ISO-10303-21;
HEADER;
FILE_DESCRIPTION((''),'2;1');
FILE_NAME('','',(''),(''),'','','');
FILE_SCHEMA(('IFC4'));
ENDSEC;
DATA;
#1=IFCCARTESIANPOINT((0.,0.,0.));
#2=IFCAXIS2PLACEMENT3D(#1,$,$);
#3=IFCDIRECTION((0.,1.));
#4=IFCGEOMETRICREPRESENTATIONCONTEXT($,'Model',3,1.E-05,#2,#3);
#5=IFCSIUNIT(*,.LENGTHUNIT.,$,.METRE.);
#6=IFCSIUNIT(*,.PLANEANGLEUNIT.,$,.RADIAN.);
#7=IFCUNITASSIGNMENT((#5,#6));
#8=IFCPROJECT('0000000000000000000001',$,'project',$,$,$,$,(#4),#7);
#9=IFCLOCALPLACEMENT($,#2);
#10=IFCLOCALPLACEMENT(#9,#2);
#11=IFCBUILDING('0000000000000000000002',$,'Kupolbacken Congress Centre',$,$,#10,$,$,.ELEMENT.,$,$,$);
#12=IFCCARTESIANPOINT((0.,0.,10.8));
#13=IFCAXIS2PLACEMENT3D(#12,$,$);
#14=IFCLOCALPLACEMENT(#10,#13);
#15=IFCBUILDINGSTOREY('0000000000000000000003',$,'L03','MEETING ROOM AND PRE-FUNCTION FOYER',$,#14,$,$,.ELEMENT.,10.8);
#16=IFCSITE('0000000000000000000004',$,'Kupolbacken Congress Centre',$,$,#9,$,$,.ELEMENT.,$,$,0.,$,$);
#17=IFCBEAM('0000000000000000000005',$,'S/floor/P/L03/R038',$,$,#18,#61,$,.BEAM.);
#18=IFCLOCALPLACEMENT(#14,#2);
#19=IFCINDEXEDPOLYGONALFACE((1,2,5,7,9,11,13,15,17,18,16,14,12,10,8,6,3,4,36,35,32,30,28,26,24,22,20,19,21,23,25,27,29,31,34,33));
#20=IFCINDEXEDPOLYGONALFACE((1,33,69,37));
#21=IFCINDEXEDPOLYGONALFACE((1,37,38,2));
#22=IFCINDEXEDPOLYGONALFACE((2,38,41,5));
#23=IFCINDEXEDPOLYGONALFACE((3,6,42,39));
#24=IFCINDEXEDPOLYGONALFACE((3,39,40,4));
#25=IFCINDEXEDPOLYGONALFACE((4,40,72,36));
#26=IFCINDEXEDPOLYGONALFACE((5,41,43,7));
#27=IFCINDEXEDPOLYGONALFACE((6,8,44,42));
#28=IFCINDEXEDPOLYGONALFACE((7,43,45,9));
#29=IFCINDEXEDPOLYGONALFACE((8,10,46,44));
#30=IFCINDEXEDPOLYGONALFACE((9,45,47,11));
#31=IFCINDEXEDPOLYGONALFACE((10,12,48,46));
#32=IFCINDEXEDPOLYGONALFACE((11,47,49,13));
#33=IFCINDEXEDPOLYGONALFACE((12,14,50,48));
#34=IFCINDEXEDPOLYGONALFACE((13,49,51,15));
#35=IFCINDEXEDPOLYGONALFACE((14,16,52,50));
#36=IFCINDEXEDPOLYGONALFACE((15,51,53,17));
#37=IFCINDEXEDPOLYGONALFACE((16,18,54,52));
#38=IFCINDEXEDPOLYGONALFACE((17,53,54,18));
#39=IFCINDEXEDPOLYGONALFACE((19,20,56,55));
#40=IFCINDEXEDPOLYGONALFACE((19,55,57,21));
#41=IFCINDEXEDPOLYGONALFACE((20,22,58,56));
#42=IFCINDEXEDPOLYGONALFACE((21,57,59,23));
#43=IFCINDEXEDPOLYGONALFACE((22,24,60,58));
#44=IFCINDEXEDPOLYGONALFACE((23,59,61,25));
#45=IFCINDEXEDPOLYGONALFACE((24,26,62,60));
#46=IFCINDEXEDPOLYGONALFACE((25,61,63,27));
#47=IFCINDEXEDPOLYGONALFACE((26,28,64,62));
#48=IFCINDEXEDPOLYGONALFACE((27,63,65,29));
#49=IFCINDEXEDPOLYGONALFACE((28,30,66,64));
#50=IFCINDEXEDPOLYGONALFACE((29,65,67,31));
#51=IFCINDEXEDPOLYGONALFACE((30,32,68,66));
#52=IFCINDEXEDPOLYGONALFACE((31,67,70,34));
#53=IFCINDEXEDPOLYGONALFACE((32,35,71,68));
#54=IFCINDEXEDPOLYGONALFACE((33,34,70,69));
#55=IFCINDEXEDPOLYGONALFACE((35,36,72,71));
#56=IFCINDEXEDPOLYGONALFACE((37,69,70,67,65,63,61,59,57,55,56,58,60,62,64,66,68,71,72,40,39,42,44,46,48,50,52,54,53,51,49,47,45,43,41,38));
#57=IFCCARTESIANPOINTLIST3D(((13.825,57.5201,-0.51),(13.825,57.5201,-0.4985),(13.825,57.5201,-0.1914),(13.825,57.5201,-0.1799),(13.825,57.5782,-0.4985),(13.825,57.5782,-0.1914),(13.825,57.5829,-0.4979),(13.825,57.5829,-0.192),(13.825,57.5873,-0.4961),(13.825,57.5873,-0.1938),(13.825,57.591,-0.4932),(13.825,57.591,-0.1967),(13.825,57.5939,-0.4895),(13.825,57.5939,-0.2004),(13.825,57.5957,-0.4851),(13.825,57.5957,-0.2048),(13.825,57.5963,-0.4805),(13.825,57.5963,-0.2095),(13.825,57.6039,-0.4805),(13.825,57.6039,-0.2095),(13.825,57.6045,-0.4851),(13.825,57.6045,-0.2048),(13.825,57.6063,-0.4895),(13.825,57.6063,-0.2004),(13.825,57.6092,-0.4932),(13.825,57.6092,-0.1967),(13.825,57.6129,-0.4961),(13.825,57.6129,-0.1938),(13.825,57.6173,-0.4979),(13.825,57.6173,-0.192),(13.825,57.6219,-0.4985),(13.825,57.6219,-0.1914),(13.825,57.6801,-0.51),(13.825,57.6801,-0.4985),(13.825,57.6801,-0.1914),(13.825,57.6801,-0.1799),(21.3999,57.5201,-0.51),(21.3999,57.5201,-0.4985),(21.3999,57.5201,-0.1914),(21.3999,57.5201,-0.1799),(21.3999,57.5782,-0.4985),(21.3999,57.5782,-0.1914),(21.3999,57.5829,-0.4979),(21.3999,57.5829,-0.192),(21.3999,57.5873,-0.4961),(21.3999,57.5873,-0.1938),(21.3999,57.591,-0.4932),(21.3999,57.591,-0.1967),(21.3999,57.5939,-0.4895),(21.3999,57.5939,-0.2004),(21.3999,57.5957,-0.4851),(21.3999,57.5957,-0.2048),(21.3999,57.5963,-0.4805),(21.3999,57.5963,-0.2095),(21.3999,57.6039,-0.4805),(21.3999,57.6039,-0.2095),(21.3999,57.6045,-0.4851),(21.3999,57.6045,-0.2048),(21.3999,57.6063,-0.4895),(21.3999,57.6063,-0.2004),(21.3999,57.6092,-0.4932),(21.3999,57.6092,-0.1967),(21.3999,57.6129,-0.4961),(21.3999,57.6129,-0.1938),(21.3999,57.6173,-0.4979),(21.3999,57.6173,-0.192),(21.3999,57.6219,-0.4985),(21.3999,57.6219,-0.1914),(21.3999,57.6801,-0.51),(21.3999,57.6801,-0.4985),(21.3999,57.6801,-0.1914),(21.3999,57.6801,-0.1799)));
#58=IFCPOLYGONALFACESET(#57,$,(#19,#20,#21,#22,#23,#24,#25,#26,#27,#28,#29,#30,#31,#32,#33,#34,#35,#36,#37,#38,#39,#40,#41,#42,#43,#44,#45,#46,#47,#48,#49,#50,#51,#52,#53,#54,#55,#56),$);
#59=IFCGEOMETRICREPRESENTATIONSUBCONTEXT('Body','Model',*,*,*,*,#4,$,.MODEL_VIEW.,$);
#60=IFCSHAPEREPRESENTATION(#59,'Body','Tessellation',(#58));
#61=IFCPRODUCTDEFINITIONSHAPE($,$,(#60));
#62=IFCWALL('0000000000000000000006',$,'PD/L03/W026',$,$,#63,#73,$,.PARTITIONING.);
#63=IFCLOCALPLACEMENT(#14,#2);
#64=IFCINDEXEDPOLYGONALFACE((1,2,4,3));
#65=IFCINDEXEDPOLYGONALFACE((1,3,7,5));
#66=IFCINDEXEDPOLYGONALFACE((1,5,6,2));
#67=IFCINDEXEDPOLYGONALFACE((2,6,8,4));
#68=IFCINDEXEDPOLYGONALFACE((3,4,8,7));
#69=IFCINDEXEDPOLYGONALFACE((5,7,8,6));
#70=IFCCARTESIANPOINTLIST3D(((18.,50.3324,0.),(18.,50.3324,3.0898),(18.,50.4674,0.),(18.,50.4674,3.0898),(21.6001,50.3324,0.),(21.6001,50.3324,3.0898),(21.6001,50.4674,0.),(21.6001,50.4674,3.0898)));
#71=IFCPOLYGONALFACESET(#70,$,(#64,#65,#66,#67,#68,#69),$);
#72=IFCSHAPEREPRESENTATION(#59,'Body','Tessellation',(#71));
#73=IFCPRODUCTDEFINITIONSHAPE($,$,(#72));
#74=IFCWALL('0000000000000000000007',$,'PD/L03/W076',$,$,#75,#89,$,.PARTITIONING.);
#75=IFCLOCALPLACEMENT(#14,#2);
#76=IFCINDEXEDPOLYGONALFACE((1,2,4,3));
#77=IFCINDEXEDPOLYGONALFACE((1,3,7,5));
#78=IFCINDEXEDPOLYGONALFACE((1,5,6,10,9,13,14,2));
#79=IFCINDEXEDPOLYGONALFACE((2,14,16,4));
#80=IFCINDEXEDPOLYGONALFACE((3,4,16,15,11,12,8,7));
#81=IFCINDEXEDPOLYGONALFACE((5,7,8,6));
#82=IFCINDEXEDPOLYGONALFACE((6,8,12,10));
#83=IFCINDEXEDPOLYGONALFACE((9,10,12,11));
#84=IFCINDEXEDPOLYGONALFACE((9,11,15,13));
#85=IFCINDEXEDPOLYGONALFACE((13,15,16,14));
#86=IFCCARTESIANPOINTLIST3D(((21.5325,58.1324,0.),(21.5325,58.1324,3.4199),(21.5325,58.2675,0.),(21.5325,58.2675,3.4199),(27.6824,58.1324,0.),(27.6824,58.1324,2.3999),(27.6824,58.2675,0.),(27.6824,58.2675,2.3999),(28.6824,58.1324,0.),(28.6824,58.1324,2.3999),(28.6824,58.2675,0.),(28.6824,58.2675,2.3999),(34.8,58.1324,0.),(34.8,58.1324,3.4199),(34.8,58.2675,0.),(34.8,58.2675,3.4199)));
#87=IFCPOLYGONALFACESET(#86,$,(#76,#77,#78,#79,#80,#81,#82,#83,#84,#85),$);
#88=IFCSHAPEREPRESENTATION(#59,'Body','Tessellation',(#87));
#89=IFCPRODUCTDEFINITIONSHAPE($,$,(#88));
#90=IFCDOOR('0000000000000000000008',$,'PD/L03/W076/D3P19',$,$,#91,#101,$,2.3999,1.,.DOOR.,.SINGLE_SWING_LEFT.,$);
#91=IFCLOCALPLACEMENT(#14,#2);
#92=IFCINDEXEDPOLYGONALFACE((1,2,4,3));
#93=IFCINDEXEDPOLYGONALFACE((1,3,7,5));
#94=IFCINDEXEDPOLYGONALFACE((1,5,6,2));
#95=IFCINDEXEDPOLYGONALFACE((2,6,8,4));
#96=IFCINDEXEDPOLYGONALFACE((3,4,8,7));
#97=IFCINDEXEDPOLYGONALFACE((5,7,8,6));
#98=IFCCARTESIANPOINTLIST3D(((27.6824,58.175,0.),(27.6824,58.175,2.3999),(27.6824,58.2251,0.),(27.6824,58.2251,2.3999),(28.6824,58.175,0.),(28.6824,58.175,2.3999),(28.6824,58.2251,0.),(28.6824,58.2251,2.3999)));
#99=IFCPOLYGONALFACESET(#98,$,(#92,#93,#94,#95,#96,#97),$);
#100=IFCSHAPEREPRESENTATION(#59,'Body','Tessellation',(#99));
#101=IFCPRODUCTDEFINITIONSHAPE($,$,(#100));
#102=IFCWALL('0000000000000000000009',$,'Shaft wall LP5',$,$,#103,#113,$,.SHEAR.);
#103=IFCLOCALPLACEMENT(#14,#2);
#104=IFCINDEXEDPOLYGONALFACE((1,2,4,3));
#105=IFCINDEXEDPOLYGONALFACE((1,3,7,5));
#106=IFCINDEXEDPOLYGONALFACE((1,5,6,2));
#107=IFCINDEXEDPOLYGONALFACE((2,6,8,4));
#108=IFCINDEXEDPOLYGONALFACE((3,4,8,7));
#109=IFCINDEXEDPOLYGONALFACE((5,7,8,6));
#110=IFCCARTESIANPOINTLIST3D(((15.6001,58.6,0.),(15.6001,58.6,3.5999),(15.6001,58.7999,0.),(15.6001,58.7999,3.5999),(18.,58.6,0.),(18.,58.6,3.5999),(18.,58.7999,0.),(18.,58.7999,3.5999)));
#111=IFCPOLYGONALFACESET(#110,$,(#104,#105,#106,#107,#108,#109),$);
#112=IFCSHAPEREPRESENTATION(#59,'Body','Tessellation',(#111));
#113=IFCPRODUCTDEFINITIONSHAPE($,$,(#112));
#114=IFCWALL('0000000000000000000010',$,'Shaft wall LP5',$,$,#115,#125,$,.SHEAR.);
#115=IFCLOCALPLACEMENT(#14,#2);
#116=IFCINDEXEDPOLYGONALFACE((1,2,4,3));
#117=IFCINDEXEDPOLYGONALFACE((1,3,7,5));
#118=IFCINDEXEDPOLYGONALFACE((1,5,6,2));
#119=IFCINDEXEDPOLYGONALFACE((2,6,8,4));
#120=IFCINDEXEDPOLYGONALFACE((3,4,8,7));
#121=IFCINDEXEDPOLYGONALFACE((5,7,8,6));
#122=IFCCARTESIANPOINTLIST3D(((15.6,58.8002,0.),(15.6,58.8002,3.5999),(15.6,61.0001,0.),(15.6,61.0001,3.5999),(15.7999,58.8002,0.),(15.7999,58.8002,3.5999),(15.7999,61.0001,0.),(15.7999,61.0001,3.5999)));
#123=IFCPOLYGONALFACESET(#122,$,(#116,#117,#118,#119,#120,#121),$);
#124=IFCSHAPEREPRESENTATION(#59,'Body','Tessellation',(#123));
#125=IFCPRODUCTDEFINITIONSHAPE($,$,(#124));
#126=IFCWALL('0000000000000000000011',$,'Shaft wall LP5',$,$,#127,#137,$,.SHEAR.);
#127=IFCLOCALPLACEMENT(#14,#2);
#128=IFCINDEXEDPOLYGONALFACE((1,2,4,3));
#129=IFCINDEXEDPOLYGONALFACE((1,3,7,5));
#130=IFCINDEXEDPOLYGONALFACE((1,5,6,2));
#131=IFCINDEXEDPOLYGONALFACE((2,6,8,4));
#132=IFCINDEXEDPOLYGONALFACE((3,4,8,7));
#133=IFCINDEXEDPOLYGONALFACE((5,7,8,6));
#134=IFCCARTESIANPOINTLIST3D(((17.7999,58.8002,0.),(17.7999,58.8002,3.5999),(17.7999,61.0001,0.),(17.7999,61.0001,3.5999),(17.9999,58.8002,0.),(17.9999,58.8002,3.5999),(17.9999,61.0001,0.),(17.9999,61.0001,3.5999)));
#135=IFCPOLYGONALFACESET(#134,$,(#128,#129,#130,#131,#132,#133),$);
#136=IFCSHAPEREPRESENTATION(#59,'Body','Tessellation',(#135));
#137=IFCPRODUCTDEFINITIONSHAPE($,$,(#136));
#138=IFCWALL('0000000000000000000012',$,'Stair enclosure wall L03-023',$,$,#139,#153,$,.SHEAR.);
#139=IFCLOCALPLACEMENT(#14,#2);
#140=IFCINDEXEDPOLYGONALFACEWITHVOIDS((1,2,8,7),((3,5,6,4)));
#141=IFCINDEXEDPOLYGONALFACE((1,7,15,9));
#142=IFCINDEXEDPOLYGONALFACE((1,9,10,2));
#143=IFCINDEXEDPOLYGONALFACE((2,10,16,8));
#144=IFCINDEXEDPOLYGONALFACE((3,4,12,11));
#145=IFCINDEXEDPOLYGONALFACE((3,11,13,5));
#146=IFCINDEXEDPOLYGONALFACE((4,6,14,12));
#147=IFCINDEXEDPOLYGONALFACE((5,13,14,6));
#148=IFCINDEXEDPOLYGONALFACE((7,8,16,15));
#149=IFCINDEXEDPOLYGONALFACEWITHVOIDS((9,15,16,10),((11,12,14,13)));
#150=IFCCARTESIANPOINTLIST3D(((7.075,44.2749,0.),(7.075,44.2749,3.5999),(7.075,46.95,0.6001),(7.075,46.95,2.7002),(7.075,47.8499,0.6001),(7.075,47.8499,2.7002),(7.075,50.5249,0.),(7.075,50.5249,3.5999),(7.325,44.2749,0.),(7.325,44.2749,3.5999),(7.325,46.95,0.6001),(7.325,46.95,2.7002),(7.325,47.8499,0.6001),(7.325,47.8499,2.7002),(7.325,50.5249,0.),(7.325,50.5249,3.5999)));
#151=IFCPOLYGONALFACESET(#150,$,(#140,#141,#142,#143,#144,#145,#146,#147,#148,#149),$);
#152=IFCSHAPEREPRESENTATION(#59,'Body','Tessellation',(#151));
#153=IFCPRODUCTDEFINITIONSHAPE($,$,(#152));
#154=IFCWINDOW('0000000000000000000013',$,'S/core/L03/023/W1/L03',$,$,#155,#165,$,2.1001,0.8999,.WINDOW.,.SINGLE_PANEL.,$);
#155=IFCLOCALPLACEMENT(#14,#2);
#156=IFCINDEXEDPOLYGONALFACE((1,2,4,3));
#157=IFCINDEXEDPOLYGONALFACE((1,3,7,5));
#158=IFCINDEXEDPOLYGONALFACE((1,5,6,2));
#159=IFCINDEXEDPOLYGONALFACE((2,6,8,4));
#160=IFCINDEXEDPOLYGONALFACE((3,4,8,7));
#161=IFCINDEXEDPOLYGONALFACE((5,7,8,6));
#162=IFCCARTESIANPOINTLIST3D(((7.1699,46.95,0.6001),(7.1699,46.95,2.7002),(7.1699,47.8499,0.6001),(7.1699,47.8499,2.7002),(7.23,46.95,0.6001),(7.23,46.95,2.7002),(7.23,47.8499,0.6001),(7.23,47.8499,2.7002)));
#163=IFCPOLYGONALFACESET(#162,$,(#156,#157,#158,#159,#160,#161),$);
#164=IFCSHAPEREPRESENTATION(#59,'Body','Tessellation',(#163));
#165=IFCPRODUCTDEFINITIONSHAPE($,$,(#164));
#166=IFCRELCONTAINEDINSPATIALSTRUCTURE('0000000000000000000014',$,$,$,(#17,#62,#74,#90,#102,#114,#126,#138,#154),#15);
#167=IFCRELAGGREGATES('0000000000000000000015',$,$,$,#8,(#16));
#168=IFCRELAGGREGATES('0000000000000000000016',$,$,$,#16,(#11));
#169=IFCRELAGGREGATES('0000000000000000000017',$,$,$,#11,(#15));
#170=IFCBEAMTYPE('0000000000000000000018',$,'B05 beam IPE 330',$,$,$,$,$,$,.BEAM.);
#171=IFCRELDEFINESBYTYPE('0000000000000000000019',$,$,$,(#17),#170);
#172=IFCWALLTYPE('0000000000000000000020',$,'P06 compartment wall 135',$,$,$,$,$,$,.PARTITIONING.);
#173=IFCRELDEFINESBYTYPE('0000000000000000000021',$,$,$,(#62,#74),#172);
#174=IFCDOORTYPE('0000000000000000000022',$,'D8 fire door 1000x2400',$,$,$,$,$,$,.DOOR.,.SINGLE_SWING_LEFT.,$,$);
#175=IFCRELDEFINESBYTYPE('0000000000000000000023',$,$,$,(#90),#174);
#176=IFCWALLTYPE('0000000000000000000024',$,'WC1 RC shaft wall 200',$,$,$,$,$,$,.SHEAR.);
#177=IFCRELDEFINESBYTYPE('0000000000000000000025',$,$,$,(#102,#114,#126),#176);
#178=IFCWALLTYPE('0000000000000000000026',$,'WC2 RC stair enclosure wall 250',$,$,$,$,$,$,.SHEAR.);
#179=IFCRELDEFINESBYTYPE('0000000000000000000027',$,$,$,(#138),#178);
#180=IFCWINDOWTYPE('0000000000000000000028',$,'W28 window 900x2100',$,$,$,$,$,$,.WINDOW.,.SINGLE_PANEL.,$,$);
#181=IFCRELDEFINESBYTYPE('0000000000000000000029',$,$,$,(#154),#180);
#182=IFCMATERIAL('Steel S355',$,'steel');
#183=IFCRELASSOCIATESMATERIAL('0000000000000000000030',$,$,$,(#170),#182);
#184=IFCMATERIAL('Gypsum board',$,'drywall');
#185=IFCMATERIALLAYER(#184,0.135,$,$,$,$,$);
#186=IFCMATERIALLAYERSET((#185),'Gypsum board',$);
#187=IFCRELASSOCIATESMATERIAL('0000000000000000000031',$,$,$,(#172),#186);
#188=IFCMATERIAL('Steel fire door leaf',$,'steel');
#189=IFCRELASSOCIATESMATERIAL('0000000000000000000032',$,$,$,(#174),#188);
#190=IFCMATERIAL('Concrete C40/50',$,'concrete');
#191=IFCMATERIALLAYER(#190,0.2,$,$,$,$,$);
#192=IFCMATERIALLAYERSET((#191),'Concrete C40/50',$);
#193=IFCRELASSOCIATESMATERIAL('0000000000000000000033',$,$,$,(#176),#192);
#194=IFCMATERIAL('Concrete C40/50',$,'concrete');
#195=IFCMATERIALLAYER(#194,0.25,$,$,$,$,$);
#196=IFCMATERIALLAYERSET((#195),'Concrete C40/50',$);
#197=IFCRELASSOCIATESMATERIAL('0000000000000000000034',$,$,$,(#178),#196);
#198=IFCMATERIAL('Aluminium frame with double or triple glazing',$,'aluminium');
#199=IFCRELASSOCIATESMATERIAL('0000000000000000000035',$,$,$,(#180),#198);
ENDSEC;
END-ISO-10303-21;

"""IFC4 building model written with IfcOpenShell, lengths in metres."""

from ifc_helpers import new_model, si_unit, direction, frame, frame_2d, origin, origin_2d, place, context, subcontext, project, spatial, rectangle, i_section, extrude, material, layer, layer_set, material_profile, profile_set, type_object, element, fill, save


model = new_model("IFC4")

# Units and contexts
model_context = context("Model", 3, precision=1e-05, world=origin(), true_north=direction((0.0, 1.0)))
body_context = subcontext(model_context, "Body", "Model", "MODEL_VIEW")
ifc_project = project(units=[si_unit("LENGTHUNIT", "METRE"), si_unit("PLANEANGLEUNIT", "RADIAN")], contexts=[model_context])

# Site, building, storey
site_placement = place(None, origin())
site = spatial("IfcSite", under=ifc_project, at=site_placement, Name="Kupolbacken Congress Centre", CompositionType="ELEMENT", RefElevation=0.0)
building_placement = place(site_placement, origin())
building = spatial("IfcBuilding", under=site, at=building_placement, Name="Kupolbacken Congress Centre", CompositionType="ELEMENT")
storey_placement = place(building_placement, frame((0.0, 0.0, 10.8)))
storey = spatial("IfcBuildingStorey", under=building, at=storey_placement, Name="L03", Description="MEETING ROOM AND PRE-FUNCTION FOYER", CompositionType="ELEMENT", Elevation=10.8)

# Beam
ifc_material_1 = material(Name="Steel S355", Category="steel")
ifc_material_profile_1 = material_profile(ifc_material_1, i_section(OverallWidth=0.1599, OverallDepth=0.3301, WebThickness=0.0076, FlangeThickness=0.0115, FilletRadius=0.0181, at=origin_2d()), Name="IPE 330")
ifc_profile_set_1 = profile_set([ifc_material_profile_1], Name="Steel S355")
beam_type_1 = type_object("IfcBeamType", Name="B05 beam IPE 330", PredefinedType="BEAM", material=ifc_profile_set_1)
beam_1_placement = place(storey_placement, frame((13.825, 57.6001, -0.345), z_axis=(1.0, 0.0, 0.0), x_axis=(0.0, 1.0, 0.0)))
element("IfcBeam", 1, at=beam_1_placement, inside=storey, type_object=beam_type_1, Name="S/floor/P/L03/R038", PredefinedType="BEAM", context=body_context, shape_type="SweptSolid", body=[
    extrude(i_section(OverallWidth=0.1599, OverallDepth=0.3301, WebThickness=0.0076, FlangeThickness=0.0115, FilletRadius=0.0181, at=origin_2d()), origin(), (0.0, 0.0, 1.0), 7.575),
])

# Wall
ifc_material_2 = material(Name="Gypsum board", Category="drywall")
ifc_layer_1 = layer(ifc_material_2, 0.135)
ifc_layer_set_1 = layer_set([ifc_layer_1], Name="Gypsum board")
wall_type_1 = type_object("IfcWallType", Name="P06 compartment wall 135", PredefinedType="PARTITIONING", material=ifc_layer_set_1)
wall_1_placement = place(storey_placement, frame((18.0, 50.3999, 0.0), z_axis=(0.0, 0.0, 1.0), x_axis=(1.0, 0.0, 0.0)))
element("IfcWall", 2, at=wall_1_placement, inside=storey, type_object=wall_type_1, Name="PD/L03/W026", PredefinedType="PARTITIONING", context=body_context, shape_type="SweptSolid", body=[
    extrude(rectangle(XDim=3.6001, YDim=0.135, at=frame_2d((1.8, 0.0))), origin(), (0.0, 0.0, 1.0), 3.0898),
])

# Wall, opening, door
wall_2_placement = place(storey_placement, frame((21.5325, 58.2, 0.0), z_axis=(0.0, 0.0, 1.0), x_axis=(1.0, 0.0, 0.0)))
wall_2 = element("IfcWall", 3, at=wall_2_placement, inside=storey, type_object=wall_type_1, Name="PD/L03/W076", PredefinedType="PARTITIONING", context=body_context, shape_type="SweptSolid", body=[
    extrude(rectangle(XDim=13.2676, YDim=0.135, at=frame_2d((6.6338, 0.0))), origin(), (0.0, 0.0, 1.0), 3.4199),
])
opening_1_placement = place(wall_2_placement, frame((6.1499, 0.0, 0.0)))
opening_1 = element("IfcOpeningElement", 4, at=opening_1_placement, cuts=wall_2, PredefinedType="OPENING", context=body_context, shape_type="SweptSolid", body=[
    extrude(rectangle(XDim=1.0, YDim=2.3999, at=frame_2d((0.5, 1.2))), frame((0.0, 0.0774, 0.0), z_axis=(0.0, -1.0, 0.0), x_axis=(1.0, 0.0, 0.0)), (0.0, 0.0, 1.0), 0.155),
])
ifc_material_3 = material(Name="Steel fire door leaf", Category="steel")
door_type = type_object("IfcDoorType", Name="D8 fire door 1000x2400", OperationType="SINGLE_SWING_LEFT", PredefinedType="DOOR", material=ifc_material_3)
door_placement = place(opening_1_placement, frame((1.0, 0.0, 0.0), z_axis=(0.0, 0.0, 1.0), x_axis=(-1.0, 0.0, 0.0)))
door = element("IfcDoor", 5, at=door_placement, inside=storey, type_object=door_type, Name="PD/L03/W076/D3P19", OperationType="SINGLE_SWING_LEFT", OverallHeight=2.3999, OverallWidth=1.0, PredefinedType="DOOR", context=body_context, shape_type="SweptSolid", body=[
    extrude(rectangle(XDim=1.0, YDim=2.3999, at=frame_2d((0.5, 1.2))), frame((0.0, 0.0249, 0.0), z_axis=(0.0, -1.0, 0.0), x_axis=(1.0, 0.0, 0.0)), (0.0, 0.0, 1.0), 0.05),
])
fill(opening_1, door)

# Walls
ifc_material_4 = material(Name="Concrete C40/50", Category="concrete")
ifc_layer_2 = layer(ifc_material_4, 0.2)
ifc_layer_set_2 = layer_set([ifc_layer_2], Name="Concrete C40/50")
wall_type_2 = type_object("IfcWallType", Name="WC1 RC shaft wall 200", PredefinedType="SHEAR", material=ifc_layer_set_2)
wall_3_placement = place(storey_placement, frame((15.6001, 58.7, 0.0), z_axis=(0.0, 0.0, 1.0), x_axis=(1.0, 0.0, 0.0)))
element("IfcWall", 6, at=wall_3_placement, inside=storey, type_object=wall_type_2, Name="Shaft wall LP5", PredefinedType="SHEAR", context=body_context, shape_type="SweptSolid", body=[
    extrude(rectangle(XDim=2.3999, YDim=0.2, at=frame_2d((1.2, 0.0))), origin(), (0.0, 0.0, 1.0), 3.5999),
])
for number, where, z_axis, x_axis, name in (
    (7, (15.7, 58.8, 0.0), (0.0, 0.0, 1.0), (0.0, 1.0, 0.0), "Shaft wall LP5"),
    (8, (17.8999, 58.8, 0.0), (0.0, 0.0, 1.0), (0.0, 1.0, 0.0), "Shaft wall LP5"),
):
    element("IfcWall", number, at=place(storey_placement, frame(where, z_axis=z_axis, x_axis=x_axis)), inside=storey, type_object=wall_type_2, Name=name, PredefinedType="SHEAR", context=body_context, shape_type="SweptSolid", body=[
        extrude(rectangle(XDim=2.2, YDim=0.2, at=frame_2d((1.1001, 0.0))), origin(), (0.0, 0.0, 1.0), 3.5999),
    ])

# Wall, opening, window
ifc_material_5 = material(Name="Concrete C40/50", Category="concrete")
ifc_layer_3 = layer(ifc_material_5, 0.25)
ifc_layer_set_3 = layer_set([ifc_layer_3], Name="Concrete C40/50")
wall_type_3 = type_object("IfcWallType", Name="WC2 RC stair enclosure wall 250", PredefinedType="SHEAR", material=ifc_layer_set_3)
wall_4_placement = place(storey_placement, frame((7.2, 50.5249, 0.0), z_axis=(0.0, 0.0, 1.0), x_axis=(0.0, -1.0, 0.0)))
wall_4 = element("IfcWall", 9, at=wall_4_placement, inside=storey, type_object=wall_type_3, Name="Stair enclosure wall L03-023", PredefinedType="SHEAR", context=body_context, shape_type="SweptSolid", body=[
    extrude(rectangle(XDim=6.25, YDim=0.25, at=frame_2d((3.125, 0.0))), origin(), (0.0, 0.0, 1.0), 3.5999),
])
opening_2_placement = place(wall_4_placement, frame((2.675, 0.0, 0.6001)))
opening_2 = element("IfcOpeningElement", 10, at=opening_2_placement, cuts=wall_4, PredefinedType="OPENING", context=body_context, shape_type="SweptSolid", body=[
    extrude(rectangle(XDim=0.8999, YDim=2.1001, at=frame_2d((0.45, 1.05))), frame((0.0, 0.135, 0.0), z_axis=(0.0, -1.0, 0.0), x_axis=(1.0, 0.0, 0.0)), (0.0, 0.0, 1.0), 0.27),
])
ifc_material_6 = material(Name="Aluminium frame with double or triple glazing", Category="aluminium")
window_type = type_object("IfcWindowType", Name="W28 window 900x2100", PartitioningType="SINGLE_PANEL", PredefinedType="WINDOW", material=ifc_material_6)
window_1_placement = place(opening_2_placement, origin())
window_1 = element("IfcWindow", 11, at=window_1_placement, inside=storey, type_object=window_type, Name="S/core/L03/023/W1/L03", OverallHeight=2.1001, OverallWidth=0.8999, PartitioningType="SINGLE_PANEL", PredefinedType="WINDOW", context=body_context, shape_type="SweptSolid", body=[
    extrude(rectangle(XDim=0.8999, YDim=2.1001, at=frame_2d((0.45, 1.05))), frame((0.0, 0.03, 0.0), z_axis=(0.0, -1.0, 0.0), x_axis=(1.0, 0.0, 0.0)), (0.0, 0.0, 1.0), 0.0601),
])
fill(opening_2, window_1)

save(model, "model.ifc")
